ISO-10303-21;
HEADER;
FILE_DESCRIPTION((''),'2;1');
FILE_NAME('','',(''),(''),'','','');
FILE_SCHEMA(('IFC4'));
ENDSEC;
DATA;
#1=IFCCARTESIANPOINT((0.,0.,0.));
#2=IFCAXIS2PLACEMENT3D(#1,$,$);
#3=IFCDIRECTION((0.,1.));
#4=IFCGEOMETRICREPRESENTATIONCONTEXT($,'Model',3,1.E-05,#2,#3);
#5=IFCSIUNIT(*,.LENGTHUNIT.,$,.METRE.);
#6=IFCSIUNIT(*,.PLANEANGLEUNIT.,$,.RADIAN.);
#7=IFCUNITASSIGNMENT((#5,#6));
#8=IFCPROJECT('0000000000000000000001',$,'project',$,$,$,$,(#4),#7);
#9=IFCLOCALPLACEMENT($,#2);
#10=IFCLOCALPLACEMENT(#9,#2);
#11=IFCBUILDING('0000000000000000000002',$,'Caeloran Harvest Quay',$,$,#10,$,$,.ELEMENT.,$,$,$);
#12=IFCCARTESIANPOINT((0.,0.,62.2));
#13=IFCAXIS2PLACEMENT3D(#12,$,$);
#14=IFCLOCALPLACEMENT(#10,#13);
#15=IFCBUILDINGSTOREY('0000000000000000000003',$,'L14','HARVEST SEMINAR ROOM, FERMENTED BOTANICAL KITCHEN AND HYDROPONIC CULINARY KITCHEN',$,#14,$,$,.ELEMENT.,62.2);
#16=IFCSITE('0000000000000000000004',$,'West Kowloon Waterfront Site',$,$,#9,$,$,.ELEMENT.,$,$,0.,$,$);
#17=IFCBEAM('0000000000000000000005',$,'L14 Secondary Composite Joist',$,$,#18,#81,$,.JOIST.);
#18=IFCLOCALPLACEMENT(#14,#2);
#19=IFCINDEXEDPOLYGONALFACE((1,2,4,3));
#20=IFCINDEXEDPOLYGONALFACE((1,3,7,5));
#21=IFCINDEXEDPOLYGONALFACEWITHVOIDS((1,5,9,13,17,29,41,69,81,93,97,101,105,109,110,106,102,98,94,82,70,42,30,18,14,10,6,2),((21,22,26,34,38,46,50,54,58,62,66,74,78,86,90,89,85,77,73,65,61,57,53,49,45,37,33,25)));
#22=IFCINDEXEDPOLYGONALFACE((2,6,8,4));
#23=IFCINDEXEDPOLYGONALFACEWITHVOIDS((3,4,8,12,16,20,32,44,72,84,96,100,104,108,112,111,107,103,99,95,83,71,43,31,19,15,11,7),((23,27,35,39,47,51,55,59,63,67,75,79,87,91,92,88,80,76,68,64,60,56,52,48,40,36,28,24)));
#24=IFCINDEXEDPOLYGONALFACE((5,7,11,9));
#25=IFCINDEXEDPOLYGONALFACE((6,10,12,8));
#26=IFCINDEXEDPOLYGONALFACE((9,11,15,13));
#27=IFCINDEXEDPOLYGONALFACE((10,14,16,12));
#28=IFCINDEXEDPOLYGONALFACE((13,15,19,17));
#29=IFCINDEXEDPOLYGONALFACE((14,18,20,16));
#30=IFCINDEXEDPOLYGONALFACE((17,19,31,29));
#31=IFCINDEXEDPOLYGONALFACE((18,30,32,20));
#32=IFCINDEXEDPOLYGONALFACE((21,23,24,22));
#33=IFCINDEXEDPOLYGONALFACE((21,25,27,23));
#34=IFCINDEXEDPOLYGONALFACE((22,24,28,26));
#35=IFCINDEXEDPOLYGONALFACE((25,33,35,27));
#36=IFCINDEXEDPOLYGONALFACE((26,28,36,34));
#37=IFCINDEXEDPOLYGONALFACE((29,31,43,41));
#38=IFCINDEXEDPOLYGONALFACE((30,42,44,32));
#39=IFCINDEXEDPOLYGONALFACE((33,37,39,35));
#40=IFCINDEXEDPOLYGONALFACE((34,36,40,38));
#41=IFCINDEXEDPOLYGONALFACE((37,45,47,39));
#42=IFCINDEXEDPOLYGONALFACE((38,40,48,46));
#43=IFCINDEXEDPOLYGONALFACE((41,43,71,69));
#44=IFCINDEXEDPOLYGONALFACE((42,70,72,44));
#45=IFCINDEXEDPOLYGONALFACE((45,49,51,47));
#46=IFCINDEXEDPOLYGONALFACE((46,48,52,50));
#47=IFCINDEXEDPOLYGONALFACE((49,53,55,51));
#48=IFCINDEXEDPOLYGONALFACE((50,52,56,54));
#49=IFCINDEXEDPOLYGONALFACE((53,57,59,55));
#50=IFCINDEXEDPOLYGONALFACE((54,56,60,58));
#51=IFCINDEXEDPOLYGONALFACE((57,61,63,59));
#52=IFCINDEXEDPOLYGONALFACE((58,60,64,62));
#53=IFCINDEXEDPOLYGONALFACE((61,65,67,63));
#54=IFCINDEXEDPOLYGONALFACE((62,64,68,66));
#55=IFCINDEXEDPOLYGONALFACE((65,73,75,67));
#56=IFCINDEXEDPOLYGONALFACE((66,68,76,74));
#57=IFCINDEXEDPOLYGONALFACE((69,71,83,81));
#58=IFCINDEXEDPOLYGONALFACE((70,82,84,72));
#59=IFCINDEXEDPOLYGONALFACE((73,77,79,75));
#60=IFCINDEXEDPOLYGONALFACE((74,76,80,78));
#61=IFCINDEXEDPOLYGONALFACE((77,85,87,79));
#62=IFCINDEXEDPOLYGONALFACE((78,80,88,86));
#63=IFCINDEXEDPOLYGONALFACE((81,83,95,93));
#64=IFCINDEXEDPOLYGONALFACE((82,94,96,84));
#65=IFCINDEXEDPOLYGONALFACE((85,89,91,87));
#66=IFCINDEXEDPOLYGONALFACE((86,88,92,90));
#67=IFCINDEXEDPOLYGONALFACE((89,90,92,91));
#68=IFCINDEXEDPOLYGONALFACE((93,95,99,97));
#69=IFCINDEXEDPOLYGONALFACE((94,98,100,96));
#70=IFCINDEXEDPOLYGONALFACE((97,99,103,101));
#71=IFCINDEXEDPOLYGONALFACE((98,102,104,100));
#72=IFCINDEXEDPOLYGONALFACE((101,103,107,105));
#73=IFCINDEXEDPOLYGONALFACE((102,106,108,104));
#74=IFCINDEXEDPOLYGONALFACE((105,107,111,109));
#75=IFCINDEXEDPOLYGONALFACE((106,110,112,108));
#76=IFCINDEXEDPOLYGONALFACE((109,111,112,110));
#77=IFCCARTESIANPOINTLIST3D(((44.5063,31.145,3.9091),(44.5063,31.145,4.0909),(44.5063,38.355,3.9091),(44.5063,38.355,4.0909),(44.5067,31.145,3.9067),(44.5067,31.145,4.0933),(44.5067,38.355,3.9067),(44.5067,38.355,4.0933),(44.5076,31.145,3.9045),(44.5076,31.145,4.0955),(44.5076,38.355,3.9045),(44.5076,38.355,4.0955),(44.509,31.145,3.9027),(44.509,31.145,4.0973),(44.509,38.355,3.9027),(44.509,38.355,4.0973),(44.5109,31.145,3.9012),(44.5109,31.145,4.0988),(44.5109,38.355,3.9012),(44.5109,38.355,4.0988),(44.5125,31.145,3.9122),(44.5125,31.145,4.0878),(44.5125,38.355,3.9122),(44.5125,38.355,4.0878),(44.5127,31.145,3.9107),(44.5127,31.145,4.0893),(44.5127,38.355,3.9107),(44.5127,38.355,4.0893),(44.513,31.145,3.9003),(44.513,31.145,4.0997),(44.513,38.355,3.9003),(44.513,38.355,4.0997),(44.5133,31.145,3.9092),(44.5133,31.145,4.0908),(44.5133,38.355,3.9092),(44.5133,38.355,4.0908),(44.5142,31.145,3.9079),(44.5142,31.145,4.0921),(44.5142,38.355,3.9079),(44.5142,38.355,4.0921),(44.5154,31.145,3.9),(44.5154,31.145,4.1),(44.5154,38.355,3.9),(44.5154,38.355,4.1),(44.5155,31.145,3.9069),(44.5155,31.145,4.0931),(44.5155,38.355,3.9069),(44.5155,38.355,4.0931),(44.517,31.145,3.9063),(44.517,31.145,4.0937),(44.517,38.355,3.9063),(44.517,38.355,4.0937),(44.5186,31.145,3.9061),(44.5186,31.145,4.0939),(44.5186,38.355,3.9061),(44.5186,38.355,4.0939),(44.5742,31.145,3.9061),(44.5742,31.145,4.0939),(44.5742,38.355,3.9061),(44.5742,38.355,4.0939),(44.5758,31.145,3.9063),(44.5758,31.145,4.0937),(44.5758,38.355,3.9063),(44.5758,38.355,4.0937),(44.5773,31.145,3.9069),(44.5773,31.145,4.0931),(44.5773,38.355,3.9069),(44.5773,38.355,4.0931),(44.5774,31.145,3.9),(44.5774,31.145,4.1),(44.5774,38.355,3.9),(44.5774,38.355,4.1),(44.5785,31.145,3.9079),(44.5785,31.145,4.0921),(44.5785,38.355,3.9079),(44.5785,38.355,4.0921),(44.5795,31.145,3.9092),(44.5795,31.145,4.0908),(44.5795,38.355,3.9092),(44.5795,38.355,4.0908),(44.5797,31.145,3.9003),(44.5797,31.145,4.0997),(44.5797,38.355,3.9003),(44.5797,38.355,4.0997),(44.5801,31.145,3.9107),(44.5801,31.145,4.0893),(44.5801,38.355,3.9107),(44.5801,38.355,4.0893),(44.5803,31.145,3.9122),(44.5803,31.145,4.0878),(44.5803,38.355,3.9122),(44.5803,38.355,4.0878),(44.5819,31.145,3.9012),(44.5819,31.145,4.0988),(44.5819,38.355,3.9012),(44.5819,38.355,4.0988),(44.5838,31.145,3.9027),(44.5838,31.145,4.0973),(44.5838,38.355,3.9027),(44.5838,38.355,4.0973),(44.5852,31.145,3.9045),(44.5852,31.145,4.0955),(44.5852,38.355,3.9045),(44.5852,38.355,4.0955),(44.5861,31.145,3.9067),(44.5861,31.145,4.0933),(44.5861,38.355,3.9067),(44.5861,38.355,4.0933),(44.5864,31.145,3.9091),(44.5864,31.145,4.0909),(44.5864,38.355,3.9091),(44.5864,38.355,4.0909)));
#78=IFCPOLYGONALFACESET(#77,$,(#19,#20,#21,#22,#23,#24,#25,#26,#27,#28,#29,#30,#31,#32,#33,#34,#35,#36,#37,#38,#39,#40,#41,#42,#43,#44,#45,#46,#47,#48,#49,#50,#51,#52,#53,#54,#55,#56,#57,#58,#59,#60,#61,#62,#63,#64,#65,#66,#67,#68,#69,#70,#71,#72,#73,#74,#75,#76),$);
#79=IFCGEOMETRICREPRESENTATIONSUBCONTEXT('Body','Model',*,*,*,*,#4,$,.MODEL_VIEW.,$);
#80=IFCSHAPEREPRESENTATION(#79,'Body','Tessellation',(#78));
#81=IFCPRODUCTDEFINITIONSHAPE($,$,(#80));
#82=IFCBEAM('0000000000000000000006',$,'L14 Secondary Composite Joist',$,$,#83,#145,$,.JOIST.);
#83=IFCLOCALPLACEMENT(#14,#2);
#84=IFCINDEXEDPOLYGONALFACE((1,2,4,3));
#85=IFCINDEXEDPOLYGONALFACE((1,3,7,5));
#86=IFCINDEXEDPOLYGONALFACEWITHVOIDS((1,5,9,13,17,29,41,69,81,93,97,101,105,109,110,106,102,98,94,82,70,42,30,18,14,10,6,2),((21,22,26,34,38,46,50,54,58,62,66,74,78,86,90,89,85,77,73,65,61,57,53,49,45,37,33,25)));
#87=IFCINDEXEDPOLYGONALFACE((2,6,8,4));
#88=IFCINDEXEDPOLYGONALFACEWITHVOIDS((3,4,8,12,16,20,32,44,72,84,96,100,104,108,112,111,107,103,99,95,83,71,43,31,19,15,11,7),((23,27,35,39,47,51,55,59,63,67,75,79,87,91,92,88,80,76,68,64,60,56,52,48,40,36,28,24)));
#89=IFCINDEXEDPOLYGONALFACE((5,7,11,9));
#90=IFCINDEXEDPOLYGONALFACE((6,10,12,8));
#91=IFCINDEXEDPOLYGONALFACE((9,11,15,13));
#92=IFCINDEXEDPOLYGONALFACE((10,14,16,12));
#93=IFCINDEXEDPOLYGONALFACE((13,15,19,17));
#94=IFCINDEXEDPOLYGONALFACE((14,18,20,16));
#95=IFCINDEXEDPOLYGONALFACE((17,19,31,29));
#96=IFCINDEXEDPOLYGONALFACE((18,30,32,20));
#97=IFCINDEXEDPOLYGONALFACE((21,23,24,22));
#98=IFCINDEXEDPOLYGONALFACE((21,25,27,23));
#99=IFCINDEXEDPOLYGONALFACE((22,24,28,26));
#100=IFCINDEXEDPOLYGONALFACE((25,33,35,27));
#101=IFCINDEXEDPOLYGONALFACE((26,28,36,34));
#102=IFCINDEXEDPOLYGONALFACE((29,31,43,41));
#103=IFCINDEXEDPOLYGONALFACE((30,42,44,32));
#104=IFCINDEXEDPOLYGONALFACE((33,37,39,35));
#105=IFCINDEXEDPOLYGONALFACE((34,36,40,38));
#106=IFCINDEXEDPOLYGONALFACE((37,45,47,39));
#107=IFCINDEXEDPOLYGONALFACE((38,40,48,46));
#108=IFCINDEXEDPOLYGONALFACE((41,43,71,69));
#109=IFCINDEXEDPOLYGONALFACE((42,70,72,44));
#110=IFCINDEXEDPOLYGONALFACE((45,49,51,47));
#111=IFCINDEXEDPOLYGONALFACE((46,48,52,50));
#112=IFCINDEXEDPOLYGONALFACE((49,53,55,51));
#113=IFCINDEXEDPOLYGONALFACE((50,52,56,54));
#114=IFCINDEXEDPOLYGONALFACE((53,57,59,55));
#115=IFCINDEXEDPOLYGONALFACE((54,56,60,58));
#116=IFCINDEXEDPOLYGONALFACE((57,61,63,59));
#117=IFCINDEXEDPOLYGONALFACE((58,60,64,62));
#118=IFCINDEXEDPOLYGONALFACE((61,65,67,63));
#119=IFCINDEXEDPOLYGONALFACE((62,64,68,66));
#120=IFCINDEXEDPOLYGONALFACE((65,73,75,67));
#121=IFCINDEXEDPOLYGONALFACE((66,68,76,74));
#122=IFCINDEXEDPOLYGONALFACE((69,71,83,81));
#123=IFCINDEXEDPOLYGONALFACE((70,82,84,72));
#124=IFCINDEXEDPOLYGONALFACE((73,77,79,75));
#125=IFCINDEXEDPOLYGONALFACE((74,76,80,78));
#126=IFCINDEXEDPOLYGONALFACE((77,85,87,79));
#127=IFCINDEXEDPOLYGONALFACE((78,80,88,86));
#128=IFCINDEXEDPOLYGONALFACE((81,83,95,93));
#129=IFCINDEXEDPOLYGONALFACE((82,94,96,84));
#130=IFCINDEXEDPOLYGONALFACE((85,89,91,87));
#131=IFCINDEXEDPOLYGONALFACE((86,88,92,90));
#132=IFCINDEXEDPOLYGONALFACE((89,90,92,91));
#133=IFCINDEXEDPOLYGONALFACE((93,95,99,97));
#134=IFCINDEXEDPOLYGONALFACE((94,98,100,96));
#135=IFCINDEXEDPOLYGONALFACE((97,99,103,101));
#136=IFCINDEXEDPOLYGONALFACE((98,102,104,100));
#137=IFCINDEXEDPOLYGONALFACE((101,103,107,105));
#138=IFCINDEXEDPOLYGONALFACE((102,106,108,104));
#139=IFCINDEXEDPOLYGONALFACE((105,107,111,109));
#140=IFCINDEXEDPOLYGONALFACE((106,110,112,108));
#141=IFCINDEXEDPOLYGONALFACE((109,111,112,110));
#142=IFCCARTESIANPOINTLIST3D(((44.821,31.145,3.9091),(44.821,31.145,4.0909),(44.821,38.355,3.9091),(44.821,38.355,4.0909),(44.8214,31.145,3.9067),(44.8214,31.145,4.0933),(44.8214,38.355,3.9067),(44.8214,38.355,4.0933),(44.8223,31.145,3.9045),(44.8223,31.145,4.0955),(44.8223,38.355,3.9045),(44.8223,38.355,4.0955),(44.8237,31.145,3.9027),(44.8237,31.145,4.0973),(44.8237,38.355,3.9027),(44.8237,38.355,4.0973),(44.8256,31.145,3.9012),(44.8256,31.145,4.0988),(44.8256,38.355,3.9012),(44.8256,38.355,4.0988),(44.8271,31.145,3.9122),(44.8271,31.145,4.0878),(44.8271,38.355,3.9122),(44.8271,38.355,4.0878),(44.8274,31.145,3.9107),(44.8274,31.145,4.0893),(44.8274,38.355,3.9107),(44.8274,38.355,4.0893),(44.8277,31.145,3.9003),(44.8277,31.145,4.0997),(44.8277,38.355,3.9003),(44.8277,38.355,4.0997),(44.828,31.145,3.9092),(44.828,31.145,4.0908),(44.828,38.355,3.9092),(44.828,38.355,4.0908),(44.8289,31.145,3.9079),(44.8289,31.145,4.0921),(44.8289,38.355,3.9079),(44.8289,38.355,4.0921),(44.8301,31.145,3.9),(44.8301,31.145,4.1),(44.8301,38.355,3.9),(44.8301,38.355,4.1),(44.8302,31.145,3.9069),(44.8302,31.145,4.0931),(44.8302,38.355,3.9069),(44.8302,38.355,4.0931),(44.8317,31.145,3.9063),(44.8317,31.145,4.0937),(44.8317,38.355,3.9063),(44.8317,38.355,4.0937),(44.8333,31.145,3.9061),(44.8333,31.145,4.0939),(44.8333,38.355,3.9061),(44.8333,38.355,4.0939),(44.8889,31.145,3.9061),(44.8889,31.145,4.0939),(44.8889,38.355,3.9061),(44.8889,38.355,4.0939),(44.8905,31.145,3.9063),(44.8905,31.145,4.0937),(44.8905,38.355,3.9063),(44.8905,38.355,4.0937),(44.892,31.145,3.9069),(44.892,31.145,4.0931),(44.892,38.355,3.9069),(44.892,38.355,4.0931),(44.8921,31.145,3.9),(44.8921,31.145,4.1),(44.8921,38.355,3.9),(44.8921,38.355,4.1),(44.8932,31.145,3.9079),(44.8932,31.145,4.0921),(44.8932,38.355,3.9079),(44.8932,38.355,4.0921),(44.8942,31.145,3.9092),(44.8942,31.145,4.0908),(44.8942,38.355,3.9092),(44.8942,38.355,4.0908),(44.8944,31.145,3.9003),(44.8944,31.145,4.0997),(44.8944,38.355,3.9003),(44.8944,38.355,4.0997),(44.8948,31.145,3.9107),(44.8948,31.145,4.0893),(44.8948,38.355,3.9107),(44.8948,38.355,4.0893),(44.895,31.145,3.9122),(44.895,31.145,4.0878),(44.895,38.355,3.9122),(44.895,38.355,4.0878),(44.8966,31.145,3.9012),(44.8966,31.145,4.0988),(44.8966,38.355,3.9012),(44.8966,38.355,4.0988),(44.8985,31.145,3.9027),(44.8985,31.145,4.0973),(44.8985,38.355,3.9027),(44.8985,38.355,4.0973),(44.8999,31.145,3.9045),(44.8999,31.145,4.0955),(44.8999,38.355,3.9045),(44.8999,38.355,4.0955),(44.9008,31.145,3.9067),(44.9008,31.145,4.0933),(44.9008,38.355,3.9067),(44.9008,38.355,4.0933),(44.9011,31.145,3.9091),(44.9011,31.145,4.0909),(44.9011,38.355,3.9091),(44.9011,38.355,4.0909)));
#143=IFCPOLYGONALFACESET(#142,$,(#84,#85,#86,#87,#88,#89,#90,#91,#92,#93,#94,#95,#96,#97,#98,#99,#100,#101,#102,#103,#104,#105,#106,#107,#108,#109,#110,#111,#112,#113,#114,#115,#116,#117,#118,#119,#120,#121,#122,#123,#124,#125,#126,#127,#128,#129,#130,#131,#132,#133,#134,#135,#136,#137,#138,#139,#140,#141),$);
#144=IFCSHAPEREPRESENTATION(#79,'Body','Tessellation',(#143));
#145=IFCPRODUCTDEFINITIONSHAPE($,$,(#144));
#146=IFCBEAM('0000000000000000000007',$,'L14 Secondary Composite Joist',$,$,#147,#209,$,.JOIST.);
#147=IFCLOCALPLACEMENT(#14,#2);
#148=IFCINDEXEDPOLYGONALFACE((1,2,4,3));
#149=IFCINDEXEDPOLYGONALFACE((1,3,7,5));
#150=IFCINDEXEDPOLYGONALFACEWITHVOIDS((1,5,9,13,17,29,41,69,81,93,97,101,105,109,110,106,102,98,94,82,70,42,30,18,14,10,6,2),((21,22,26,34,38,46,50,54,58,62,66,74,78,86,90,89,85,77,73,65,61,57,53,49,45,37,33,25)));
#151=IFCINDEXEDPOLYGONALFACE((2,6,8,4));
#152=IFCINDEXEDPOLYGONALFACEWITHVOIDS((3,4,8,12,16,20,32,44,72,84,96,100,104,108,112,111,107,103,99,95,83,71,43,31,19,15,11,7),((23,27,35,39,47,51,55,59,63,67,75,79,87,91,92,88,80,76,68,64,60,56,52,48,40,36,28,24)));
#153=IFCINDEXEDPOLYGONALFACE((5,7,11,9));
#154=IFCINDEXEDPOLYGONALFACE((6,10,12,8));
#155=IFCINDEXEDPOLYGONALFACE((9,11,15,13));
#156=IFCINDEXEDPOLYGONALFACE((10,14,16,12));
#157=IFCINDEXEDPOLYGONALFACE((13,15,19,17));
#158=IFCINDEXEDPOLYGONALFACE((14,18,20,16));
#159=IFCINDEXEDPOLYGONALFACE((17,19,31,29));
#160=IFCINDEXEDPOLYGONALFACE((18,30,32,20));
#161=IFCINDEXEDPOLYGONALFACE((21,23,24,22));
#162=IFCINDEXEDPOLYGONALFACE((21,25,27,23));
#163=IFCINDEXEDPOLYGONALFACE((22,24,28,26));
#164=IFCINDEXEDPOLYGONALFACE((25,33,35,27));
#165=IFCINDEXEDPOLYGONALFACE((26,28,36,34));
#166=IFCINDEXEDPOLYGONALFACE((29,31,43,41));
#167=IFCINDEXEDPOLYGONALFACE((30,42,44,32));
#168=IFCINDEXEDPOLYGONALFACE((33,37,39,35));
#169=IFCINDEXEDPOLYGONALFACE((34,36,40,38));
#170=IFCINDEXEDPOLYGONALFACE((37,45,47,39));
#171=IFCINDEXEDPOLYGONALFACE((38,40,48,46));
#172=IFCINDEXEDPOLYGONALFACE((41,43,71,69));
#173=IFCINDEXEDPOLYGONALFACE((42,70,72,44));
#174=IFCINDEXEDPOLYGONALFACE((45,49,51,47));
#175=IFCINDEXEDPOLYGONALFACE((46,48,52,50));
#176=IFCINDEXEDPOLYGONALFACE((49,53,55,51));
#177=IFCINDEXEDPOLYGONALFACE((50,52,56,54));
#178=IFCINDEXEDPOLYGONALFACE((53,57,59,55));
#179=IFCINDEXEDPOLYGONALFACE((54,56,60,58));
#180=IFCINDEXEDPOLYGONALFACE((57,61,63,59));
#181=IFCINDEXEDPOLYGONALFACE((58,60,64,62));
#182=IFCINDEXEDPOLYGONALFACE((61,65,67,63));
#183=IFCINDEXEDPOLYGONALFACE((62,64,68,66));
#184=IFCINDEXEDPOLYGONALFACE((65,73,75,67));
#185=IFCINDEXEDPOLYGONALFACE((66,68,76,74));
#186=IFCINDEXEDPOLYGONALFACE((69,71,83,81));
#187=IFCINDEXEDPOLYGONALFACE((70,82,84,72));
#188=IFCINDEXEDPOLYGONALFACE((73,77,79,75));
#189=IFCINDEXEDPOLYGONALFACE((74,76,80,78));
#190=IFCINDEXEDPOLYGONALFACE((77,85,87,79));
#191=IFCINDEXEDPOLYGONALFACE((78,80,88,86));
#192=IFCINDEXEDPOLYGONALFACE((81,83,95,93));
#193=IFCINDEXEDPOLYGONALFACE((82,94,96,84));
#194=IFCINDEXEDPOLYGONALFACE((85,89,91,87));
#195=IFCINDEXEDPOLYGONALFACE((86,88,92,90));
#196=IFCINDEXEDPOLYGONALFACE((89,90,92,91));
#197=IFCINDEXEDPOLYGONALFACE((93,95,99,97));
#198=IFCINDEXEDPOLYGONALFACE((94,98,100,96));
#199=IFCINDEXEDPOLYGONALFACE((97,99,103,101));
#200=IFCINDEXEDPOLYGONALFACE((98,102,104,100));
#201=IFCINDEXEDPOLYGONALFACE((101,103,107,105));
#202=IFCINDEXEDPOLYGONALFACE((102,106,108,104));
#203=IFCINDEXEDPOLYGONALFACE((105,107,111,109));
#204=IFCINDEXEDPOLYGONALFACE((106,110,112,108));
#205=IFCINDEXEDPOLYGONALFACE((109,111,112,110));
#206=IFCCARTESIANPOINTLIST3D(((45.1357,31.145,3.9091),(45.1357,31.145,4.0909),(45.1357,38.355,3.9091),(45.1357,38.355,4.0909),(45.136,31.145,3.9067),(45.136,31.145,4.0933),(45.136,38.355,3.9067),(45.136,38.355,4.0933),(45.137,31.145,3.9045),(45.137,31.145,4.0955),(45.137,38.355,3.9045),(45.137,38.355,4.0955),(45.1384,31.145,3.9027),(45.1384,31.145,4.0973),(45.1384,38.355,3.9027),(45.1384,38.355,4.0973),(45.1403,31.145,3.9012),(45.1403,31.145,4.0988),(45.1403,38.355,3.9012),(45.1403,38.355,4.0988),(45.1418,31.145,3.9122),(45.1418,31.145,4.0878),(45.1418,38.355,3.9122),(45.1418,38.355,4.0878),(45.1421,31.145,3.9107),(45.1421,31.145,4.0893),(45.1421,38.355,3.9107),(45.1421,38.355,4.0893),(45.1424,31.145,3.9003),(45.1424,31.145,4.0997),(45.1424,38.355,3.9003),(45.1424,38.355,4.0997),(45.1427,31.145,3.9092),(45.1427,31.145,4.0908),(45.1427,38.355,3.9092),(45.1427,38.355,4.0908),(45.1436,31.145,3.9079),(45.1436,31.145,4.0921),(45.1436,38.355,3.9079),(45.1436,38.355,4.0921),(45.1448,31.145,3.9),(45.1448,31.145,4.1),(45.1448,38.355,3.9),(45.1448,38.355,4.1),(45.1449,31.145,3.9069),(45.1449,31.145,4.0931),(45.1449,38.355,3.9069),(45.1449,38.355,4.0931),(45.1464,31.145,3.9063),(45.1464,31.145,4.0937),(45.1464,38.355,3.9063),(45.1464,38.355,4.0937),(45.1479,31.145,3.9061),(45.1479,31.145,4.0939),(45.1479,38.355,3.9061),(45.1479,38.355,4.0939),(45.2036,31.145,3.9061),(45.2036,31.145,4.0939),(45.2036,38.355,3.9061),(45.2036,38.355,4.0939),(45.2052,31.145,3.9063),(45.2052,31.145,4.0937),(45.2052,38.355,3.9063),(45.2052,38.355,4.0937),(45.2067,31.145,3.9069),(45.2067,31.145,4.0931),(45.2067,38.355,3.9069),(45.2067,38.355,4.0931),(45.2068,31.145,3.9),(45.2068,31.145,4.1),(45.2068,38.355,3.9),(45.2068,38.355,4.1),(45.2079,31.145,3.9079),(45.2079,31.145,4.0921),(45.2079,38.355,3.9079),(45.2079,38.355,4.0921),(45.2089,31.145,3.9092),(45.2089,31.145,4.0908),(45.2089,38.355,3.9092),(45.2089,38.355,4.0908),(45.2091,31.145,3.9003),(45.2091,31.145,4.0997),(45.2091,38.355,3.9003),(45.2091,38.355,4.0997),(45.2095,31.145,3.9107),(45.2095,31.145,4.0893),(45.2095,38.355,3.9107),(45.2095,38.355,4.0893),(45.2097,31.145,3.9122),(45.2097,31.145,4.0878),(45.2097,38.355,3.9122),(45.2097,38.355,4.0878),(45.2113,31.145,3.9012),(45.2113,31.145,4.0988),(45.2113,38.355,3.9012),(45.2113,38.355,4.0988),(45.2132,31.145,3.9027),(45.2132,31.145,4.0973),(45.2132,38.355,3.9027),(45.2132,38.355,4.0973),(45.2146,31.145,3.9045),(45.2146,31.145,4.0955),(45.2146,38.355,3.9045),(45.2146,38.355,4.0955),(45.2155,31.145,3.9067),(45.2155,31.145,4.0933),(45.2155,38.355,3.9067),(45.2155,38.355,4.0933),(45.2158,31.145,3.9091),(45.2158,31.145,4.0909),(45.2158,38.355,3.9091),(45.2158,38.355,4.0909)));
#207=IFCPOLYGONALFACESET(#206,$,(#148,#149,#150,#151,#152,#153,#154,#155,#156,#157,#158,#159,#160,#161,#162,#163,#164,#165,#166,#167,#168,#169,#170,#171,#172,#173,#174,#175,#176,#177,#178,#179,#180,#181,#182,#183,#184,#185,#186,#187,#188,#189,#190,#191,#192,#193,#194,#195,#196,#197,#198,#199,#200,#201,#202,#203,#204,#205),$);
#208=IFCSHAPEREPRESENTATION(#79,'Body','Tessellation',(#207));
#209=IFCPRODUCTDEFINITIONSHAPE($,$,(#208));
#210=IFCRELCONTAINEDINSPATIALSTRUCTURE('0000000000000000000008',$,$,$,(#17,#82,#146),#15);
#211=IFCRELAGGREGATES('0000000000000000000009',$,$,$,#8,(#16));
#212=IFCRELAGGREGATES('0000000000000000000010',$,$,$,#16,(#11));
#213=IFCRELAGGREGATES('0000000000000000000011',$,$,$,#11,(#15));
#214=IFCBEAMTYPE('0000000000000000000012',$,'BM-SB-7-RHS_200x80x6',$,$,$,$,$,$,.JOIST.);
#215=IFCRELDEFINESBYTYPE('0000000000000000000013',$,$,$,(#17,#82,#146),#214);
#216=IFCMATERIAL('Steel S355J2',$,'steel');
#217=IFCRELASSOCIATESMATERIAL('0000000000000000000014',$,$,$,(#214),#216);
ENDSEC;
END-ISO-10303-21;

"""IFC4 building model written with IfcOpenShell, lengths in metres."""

from ifc_helpers import new_model, si_unit, direction, frame, origin, origin_2d, place, context, subcontext, project, spatial, hollow_rectangle, extrude, material, material_profile, profile_set, type_object, element, save


model = new_model("IFC4")

# Units and contexts
model_context = context("Model", 3, precision=1e-05, world=origin(), true_north=direction((0.0, 1.0)))
body_context = subcontext(model_context, "Body", "Model", "MODEL_VIEW")
ifc_project = project(units=[si_unit("LENGTHUNIT", "METRE"), si_unit("PLANEANGLEUNIT", "RADIAN")], contexts=[model_context])

# Site, building, storey
site_placement = place(None, origin())
site = spatial("IfcSite", under=ifc_project, at=site_placement, Name="West Kowloon Waterfront Site", CompositionType="ELEMENT", RefElevation=0.0)
building_placement = place(site_placement, origin())
building = spatial("IfcBuilding", under=site, at=building_placement, Name="Caeloran Harvest Quay", CompositionType="ELEMENT")
storey_placement = place(building_placement, frame((0.0, 0.0, 62.2)))
storey = spatial("IfcBuildingStorey", under=building, at=storey_placement, Name="L14", Description="HARVEST SEMINAR ROOM, FERMENTED BOTANICAL KITCHEN AND HYDROPONIC CULINARY KITCHEN", CompositionType="ELEMENT", Elevation=62.2)

# Beams
ifc_material_1 = material(Name="Steel S355J2", Category="steel")
ifc_material_profile_1 = material_profile(ifc_material_1, hollow_rectangle(XDim=0.0801, YDim=0.2, WallThickness=0.0061, InnerFilletRadius=0.0061, OuterFilletRadius=0.009, at=origin_2d()), Name="RHS 200x80x6")
ifc_profile_set_1 = profile_set([ifc_material_profile_1], Name="Steel S355J2")
beam_type_1 = type_object("IfcBeamType", Name="BM-SB-7-RHS_200x80x6", PredefinedType="JOIST", material=ifc_profile_set_1)
for number, where, z_axis, x_axis, name in (
    (1, (44.5464, 31.145, 4.0), (0.0, 1.0, 0.0), (-1.0, 0.0, 0.0), "L14 Secondary Composite Joist"),
    (2, (44.8611, 31.145, 4.0), (0.0, 1.0, 0.0), (-1.0, 0.0, 0.0), "L14 Secondary Composite Joist"),
    (3, (45.1758, 31.145, 4.0), (0.0, 1.0, 0.0), (-1.0, 0.0, 0.0), "L14 Secondary Composite Joist"),
):
    element("IfcBeam", number, at=place(storey_placement, frame(where, z_axis=z_axis, x_axis=x_axis)), inside=storey, type_object=beam_type_1, Name=name, PredefinedType="JOIST", context=body_context, shape_type="SweptSolid", body=[
        extrude(hollow_rectangle(XDim=0.0801, YDim=0.2, WallThickness=0.0061, InnerFilletRadius=0.0061, OuterFilletRadius=0.009, at=origin_2d()), origin(), (0.0, 0.0, 1.0), 7.21),
    ])

save(model, "model.ifc")
